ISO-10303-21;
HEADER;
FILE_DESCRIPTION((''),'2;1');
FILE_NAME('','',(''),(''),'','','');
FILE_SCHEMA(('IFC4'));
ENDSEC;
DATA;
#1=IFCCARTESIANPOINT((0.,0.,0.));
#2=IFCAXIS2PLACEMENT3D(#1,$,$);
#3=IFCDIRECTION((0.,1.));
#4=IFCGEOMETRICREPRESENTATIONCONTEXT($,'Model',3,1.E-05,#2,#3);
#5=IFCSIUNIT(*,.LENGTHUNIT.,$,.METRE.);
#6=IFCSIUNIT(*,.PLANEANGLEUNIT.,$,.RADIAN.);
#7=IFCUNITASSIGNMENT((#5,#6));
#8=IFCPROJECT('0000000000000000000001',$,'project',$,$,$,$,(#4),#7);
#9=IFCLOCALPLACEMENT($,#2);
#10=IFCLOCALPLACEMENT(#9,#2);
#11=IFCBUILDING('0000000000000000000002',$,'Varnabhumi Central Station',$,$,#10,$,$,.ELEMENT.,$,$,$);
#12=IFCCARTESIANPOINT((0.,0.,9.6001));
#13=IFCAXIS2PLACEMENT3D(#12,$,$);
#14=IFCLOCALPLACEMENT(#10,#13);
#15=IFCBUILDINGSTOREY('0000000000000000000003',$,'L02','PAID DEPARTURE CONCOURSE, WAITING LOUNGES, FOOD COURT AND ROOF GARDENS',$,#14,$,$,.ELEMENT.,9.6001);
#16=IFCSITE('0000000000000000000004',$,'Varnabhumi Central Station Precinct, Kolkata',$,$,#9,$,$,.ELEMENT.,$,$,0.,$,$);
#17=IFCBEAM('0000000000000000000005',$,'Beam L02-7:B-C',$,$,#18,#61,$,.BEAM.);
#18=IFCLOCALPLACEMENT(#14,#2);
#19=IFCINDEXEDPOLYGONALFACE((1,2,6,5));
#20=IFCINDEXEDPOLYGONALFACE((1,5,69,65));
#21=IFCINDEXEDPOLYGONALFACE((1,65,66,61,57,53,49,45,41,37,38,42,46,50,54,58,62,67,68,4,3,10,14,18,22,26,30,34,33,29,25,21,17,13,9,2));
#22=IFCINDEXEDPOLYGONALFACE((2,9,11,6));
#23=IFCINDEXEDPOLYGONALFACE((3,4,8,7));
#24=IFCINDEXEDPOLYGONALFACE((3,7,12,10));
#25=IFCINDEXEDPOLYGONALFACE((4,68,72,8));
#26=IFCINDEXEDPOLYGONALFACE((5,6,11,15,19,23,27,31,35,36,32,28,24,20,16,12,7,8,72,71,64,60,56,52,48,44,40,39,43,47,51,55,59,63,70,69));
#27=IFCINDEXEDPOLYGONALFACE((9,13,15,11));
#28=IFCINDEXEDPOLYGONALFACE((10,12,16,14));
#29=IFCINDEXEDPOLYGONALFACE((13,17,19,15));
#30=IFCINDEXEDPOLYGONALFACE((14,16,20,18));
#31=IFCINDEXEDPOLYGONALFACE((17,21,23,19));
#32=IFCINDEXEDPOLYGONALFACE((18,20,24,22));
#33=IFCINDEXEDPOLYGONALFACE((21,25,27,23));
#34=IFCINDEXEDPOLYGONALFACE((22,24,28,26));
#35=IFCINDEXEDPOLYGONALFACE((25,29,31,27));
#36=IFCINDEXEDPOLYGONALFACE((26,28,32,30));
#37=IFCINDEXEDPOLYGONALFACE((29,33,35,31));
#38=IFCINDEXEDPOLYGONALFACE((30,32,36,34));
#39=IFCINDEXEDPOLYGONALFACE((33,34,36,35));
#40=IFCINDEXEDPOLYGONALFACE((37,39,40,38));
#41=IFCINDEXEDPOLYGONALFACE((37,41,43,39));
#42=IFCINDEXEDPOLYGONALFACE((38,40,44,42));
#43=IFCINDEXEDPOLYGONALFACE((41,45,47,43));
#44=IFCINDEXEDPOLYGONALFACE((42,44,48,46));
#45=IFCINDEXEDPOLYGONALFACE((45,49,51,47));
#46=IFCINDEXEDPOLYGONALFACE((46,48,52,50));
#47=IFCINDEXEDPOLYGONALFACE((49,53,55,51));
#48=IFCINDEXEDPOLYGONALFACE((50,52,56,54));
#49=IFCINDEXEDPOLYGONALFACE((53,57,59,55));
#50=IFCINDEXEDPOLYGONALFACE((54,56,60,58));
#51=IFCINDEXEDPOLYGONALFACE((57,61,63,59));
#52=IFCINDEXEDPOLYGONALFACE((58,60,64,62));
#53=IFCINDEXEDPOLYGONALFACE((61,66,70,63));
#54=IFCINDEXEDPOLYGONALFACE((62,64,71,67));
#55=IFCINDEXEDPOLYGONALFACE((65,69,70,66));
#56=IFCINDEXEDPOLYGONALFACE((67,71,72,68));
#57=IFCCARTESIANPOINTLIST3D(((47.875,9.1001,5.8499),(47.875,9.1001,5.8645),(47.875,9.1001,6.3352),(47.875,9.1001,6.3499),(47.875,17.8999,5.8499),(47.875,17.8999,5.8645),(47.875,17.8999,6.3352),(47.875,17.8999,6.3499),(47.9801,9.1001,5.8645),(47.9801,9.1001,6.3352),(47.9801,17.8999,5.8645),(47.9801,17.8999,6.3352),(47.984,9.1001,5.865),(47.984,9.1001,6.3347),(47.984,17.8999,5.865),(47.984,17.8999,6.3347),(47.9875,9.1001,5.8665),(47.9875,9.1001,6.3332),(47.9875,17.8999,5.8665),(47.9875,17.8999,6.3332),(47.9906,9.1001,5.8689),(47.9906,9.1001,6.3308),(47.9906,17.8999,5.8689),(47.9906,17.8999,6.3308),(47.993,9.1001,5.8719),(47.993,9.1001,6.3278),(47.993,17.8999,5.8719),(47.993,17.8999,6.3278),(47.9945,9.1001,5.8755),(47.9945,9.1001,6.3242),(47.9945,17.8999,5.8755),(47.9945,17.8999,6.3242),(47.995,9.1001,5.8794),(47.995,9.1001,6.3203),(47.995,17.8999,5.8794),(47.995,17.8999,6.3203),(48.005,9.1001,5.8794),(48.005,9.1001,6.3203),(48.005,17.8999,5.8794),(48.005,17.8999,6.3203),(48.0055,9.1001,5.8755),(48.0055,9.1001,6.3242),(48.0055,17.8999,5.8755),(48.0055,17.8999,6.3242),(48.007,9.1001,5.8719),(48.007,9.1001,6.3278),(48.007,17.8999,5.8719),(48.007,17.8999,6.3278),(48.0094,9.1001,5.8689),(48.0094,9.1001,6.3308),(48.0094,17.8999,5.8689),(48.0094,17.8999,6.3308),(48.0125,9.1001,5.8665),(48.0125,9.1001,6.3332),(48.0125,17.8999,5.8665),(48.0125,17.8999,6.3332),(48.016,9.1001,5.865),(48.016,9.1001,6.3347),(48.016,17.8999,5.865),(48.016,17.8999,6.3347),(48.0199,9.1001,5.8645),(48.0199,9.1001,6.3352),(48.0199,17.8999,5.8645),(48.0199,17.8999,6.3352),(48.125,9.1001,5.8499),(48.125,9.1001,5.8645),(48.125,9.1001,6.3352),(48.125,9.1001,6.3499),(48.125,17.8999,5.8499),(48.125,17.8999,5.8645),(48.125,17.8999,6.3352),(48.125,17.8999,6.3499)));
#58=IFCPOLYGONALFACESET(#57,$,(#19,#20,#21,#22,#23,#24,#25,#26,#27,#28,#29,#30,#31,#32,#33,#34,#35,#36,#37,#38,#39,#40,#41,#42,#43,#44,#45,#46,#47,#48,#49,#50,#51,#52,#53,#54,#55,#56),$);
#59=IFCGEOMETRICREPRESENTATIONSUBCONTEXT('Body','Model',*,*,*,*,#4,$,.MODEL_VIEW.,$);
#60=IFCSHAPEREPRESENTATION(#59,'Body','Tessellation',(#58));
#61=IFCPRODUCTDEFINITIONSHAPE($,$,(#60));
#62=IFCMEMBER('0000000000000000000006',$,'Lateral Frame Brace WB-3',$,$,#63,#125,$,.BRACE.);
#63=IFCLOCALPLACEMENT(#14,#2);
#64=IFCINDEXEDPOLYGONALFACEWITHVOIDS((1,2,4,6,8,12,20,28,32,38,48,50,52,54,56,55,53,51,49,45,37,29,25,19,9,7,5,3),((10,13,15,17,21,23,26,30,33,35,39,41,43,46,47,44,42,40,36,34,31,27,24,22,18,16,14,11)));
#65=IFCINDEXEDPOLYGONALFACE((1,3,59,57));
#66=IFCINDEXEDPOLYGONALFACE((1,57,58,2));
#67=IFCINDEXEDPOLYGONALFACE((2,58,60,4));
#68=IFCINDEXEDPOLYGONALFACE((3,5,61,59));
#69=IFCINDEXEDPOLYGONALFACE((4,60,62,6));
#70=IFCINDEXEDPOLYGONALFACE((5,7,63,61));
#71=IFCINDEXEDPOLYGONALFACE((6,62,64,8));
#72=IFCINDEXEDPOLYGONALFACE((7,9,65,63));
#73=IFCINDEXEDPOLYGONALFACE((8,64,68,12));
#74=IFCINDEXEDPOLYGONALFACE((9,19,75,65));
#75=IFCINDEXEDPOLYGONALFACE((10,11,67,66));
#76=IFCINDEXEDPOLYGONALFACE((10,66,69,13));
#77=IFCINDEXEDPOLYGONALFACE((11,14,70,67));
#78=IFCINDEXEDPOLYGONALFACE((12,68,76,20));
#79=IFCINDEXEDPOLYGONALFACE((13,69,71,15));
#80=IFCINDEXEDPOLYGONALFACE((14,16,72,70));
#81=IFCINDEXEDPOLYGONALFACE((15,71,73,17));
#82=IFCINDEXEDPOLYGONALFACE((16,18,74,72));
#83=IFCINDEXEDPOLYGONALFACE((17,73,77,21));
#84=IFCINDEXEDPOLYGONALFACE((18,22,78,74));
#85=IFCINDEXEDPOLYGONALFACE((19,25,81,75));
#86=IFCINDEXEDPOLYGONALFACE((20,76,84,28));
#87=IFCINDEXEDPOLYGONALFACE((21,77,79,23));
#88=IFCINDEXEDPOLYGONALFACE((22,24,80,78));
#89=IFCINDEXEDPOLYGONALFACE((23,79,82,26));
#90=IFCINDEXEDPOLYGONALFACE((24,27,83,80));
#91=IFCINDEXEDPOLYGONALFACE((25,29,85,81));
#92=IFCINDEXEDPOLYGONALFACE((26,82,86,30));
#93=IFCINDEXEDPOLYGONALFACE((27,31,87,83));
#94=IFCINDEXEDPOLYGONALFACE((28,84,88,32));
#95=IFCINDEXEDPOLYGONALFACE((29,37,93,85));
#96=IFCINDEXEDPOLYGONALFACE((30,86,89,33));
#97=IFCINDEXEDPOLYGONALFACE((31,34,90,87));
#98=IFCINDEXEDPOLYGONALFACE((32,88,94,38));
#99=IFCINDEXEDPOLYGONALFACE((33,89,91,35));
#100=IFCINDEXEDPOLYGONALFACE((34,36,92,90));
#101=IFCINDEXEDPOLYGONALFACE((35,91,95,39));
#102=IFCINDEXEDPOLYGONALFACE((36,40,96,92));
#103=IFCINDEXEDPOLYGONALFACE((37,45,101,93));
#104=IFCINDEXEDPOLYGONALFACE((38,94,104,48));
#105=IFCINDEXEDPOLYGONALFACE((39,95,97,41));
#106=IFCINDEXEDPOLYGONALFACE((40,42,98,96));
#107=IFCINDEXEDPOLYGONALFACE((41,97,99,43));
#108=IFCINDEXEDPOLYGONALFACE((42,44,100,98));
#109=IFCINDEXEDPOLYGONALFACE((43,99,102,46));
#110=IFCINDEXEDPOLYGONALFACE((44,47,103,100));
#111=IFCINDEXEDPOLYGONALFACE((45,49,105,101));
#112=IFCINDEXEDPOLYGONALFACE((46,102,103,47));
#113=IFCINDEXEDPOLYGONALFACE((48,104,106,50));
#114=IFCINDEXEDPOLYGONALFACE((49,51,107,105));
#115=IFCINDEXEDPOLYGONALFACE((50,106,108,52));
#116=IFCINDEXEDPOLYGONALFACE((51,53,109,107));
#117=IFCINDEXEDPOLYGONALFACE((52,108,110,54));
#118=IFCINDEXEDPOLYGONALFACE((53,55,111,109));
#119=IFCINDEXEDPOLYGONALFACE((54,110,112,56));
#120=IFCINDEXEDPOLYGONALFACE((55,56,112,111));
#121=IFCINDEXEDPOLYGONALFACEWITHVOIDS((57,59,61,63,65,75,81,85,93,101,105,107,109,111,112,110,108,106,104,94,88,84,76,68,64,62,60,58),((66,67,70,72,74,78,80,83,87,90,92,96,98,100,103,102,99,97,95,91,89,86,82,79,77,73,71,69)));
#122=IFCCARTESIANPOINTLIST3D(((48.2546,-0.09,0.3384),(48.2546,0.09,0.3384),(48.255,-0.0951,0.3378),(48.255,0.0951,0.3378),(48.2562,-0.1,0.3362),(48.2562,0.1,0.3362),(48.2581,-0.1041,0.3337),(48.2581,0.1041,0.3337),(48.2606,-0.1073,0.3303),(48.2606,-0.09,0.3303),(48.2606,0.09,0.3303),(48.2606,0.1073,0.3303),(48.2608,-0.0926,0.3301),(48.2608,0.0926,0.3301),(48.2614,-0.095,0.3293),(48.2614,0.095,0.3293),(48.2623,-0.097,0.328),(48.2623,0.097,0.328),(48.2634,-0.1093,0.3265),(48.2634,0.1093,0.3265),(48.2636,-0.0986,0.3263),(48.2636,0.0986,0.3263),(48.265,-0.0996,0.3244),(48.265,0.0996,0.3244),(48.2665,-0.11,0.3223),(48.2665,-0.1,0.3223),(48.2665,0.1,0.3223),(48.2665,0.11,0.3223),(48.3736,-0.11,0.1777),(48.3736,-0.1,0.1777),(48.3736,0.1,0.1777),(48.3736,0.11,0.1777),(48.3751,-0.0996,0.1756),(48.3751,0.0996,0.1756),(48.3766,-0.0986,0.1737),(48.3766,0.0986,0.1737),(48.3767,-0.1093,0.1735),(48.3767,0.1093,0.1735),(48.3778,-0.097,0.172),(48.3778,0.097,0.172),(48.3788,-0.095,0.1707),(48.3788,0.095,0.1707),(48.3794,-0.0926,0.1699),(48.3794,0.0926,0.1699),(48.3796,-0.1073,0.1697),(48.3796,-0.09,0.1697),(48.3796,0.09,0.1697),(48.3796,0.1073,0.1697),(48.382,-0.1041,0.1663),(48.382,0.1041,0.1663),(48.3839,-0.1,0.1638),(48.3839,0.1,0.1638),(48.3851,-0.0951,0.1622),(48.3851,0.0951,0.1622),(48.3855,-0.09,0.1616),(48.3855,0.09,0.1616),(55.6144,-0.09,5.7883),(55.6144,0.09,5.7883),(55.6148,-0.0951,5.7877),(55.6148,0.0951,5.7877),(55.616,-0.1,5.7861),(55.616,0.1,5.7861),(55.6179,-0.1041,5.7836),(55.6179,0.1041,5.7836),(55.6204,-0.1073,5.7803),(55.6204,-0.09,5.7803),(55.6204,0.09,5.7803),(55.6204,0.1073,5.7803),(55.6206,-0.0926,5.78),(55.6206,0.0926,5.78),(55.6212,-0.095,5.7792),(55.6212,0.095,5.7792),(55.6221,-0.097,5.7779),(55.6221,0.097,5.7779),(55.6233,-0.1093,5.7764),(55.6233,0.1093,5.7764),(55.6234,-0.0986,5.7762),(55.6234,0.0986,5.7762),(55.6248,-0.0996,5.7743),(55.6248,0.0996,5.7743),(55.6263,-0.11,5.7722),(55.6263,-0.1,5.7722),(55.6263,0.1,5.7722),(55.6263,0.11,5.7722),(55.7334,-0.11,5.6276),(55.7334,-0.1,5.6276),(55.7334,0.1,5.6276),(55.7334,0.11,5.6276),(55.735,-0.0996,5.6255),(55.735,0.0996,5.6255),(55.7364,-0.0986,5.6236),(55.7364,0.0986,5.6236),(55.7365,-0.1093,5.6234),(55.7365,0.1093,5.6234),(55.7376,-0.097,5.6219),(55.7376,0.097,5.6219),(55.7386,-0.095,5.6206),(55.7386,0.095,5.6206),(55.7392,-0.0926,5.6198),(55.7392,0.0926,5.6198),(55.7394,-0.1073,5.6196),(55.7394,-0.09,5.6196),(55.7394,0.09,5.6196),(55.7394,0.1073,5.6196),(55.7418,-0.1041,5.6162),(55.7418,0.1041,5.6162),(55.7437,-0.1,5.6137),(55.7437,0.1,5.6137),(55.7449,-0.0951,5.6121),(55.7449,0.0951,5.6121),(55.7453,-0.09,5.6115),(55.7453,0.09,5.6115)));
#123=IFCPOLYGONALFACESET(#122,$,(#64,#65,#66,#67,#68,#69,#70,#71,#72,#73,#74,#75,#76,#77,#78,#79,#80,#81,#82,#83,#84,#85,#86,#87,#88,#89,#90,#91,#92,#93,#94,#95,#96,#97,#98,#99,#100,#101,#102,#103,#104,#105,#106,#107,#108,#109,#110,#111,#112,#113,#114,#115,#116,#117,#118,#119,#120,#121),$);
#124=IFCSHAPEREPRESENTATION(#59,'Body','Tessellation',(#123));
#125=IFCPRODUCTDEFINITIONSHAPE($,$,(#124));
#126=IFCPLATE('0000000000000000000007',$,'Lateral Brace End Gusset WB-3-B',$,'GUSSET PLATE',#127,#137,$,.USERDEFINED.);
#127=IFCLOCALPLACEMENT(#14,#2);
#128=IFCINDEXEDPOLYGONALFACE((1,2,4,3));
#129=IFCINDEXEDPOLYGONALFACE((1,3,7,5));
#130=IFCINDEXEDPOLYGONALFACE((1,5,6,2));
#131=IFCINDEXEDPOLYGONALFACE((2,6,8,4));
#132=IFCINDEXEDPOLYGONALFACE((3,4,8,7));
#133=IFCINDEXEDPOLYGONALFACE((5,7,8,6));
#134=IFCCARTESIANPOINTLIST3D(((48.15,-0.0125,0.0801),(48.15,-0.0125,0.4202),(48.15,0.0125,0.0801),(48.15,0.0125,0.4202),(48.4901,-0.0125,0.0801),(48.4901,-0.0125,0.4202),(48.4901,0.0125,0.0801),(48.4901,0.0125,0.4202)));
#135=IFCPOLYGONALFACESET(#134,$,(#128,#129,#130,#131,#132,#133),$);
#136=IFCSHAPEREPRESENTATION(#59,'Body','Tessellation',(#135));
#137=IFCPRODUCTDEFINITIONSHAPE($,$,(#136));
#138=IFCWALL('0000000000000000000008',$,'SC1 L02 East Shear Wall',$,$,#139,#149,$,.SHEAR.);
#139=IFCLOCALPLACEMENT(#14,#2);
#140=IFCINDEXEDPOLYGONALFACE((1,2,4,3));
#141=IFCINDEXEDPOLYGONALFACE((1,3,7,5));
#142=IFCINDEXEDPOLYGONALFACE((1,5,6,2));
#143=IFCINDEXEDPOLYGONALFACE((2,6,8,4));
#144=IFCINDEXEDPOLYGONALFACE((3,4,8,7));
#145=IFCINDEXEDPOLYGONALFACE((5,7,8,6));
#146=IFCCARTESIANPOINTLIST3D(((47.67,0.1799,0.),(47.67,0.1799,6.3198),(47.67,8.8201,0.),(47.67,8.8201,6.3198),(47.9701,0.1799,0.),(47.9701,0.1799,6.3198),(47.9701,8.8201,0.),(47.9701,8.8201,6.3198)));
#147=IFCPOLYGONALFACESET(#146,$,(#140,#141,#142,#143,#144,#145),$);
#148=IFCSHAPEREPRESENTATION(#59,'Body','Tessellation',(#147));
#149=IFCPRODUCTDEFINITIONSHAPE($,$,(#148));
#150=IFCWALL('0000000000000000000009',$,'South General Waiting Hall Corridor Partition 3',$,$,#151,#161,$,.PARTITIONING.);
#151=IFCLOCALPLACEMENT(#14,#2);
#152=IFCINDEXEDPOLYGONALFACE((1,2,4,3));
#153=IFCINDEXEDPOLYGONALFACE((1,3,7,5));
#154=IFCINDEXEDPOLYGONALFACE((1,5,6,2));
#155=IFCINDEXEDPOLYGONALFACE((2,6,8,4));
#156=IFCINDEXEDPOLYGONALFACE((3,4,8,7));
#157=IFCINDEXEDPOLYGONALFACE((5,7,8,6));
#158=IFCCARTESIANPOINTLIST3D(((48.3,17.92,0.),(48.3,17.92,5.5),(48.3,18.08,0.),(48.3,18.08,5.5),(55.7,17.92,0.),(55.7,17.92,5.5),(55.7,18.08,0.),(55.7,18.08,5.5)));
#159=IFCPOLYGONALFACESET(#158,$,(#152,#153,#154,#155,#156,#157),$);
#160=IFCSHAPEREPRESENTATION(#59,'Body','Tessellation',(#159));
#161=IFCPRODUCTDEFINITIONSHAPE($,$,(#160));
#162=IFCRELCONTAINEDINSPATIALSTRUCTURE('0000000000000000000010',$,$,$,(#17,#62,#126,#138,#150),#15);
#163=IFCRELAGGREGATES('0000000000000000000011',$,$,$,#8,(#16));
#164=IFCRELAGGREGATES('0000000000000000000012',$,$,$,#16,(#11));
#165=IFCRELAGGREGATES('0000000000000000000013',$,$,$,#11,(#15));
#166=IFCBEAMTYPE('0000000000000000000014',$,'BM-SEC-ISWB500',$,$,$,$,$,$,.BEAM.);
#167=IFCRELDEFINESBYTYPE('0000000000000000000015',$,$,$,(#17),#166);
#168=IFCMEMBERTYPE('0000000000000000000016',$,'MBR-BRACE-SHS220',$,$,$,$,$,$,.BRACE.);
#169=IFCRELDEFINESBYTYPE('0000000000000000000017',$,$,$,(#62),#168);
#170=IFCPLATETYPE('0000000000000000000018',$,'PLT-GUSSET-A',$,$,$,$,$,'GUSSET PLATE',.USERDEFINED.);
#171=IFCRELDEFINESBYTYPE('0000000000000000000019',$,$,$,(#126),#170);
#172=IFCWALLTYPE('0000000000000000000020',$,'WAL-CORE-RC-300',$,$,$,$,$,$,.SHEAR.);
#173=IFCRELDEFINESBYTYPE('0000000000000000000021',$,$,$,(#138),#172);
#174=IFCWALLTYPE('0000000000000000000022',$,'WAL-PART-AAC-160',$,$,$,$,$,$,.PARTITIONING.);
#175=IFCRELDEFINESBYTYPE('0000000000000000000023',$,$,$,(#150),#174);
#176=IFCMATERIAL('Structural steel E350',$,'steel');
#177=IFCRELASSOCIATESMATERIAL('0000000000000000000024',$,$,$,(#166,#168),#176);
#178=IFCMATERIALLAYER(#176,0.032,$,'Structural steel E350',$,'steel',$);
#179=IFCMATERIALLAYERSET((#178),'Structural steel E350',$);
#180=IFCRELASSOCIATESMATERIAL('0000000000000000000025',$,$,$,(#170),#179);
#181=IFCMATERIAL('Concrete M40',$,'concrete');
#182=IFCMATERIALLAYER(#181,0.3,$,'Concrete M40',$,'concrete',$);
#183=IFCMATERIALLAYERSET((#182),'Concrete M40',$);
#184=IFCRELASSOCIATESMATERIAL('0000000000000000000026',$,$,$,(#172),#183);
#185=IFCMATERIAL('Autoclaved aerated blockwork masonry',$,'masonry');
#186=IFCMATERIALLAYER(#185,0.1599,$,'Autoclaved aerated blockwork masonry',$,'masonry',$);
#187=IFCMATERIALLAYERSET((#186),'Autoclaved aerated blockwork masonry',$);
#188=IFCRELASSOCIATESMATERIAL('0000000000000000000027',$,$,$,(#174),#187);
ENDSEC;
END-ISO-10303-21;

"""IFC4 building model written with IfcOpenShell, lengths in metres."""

from ifc_helpers import new_model, si_unit, direction, frame, frame_2d, origin, origin_2d, place, context, subcontext, project, spatial, rectangle, hollow_rectangle, i_section, extrude, material, layer, layer_set, material_profile, profile_set, type_object, element, save


model = new_model("IFC4")

# Units and contexts
model_context = context("Model", 3, precision=1e-05, world=origin(), true_north=direction((0.0, 1.0)))
body_context = subcontext(model_context, "Body", "Model", "MODEL_VIEW")
ifc_project = project(units=[si_unit("LENGTHUNIT", "METRE"), si_unit("PLANEANGLEUNIT", "RADIAN")], contexts=[model_context])

# Site, building, storey
site_placement = place(None, origin())
site = spatial("IfcSite", under=ifc_project, at=site_placement, Name="Varnabhumi Central Station Precinct, Kolkata", CompositionType="ELEMENT", RefElevation=0.0)
building_placement = place(site_placement, origin())
building = spatial("IfcBuilding", under=site, at=building_placement, Name="Varnabhumi Central Station", CompositionType="ELEMENT")
storey_placement = place(building_placement, frame((0.0, 0.0, 9.6001)))
storey = spatial("IfcBuildingStorey", under=building, at=storey_placement, Name="L02", Description="PAID DEPARTURE CONCOURSE, WAITING LOUNGES, FOOD COURT AND ROOF GARDENS", CompositionType="ELEMENT", Elevation=9.6001)

# Shared definitions
ifc_material_1 = material(Name="Concrete M40", Category="concrete")

# Beam
ifc_material_2 = material(Name="Structural steel E350", Category="steel")
ifc_material_profile_1 = material_profile(ifc_material_2, i_section(OverallWidth=0.25, OverallDepth=0.5, WebThickness=0.01, FlangeThickness=0.0146, FilletRadius=0.0149, at=origin_2d()), Name="Structural steel E350", Category="steel")
ifc_profile_set_1 = profile_set([ifc_material_profile_1], Name="Structural steel E350")
beam_type_1 = type_object("IfcBeamType", Name="BM-SEC-ISWB500", PredefinedType="BEAM", material=ifc_profile_set_1)
for number, where, z_axis, x_axis, name in (
    (1, (48.0, 9.1001, 6.0999), (0.0, 1.0, 0.0), (-1.0, 0.0, 0.0), "Beam L02-7:B-C"),
):
    element("IfcBeam", number, at=place(storey_placement, frame(where, z_axis=z_axis, x_axis=x_axis)), inside=storey, type_object=beam_type_1, Name=name, PredefinedType="BEAM", context=body_context, shape_type="SweptSolid", body=[
        extrude(i_section(OverallWidth=0.25, OverallDepth=0.5, WebThickness=0.01, FlangeThickness=0.0146, FilletRadius=0.0149, at=origin_2d()), origin(), (0.0, 0.0, 1.0), 8.7998),
    ])

# Member
ifc_material_profile_2 = material_profile(ifc_material_2, hollow_rectangle(XDim=0.22, YDim=0.22, WallThickness=0.01, InnerFilletRadius=0.01, OuterFilletRadius=0.02, at=origin_2d()), Name="Structural steel E350", Category="steel")
ifc_profile_set_2 = profile_set([ifc_material_profile_2], Name="Structural steel E350")
member_type = type_object("IfcMemberType", Name="MBR-BRACE-SHS220", PredefinedType="BRACE", material=ifc_profile_set_2)
member_placement = place(storey_placement, frame((48.3201, 0.0, 0.25), z_axis=(0.803651, 0.0, 0.595101), x_axis=(0.0, 1.0, 0.0)))
element("IfcMember", 2, at=member_placement, inside=storey, type_object=member_type, Name="Lateral Frame Brace WB-3", PredefinedType="BRACE", context=body_context, shape_type="SweptSolid", body=[
    extrude(hollow_rectangle(XDim=0.22, YDim=0.22, WallThickness=0.01, InnerFilletRadius=0.01, OuterFilletRadius=0.02, at=origin_2d()), origin(), (0.0, 0.0, 1.0), 9.158),
])

# Plate
ifc_layer_1 = layer(ifc_material_2, 0.032, Name="Structural steel E350", Category="steel")
ifc_layer_set_1 = layer_set([ifc_layer_1], Name="Structural steel E350")
plate_type = type_object("IfcPlateType", Name="PLT-GUSSET-A", ElementType="GUSSET PLATE", PredefinedType="USERDEFINED", material=ifc_layer_set_1)
plate_placement = place(storey_placement, frame((48.3201, 0.0, 0.0801), z_axis=(0.0, 0.0, 1.0), x_axis=(1.0, 0.0, 0.0)))
element("IfcPlate", 3, at=plate_placement, inside=storey, type_object=plate_type, Name="Lateral Brace End Gusset WB-3-B", ObjectType="GUSSET PLATE", PredefinedType="USERDEFINED", context=body_context, shape_type="SweptSolid", body=[
    extrude(rectangle(XDim=0.3401, YDim=0.0249, at=origin_2d()), origin(), (0.0, 0.0, 1.0), 0.3401),
])

# Walls
ifc_layer_2 = layer(ifc_material_1, 0.3, Name="Concrete M40", Category="concrete")
ifc_layer_set_2 = layer_set([ifc_layer_2], Name="Concrete M40")
wall_type_1 = type_object("IfcWallType", Name="WAL-CORE-RC-300", PredefinedType="SHEAR", material=ifc_layer_set_2)
wall_1_placement = place(storey_placement, frame((47.8201, 0.1799, 0.0), z_axis=(0.0, 0.0, 1.0), x_axis=(0.0, 1.0, 0.0)))
element("IfcWall", 4, at=wall_1_placement, inside=storey, type_object=wall_type_1, Name="SC1 L02 East Shear Wall", PredefinedType="SHEAR", context=body_context, shape_type="SweptSolid", body=[
    extrude(rectangle(XDim=8.6401, YDim=0.3, at=frame_2d((4.3201, 0.0))), origin(), (0.0, 0.0, 1.0), 6.3198),
])
ifc_material_3 = material(Name="Autoclaved aerated blockwork masonry", Category="masonry")
ifc_layer_3 = layer(ifc_material_3, 0.1599, Name="Autoclaved aerated blockwork masonry", Category="masonry")
ifc_layer_set_3 = layer_set([ifc_layer_3], Name="Autoclaved aerated blockwork masonry")
wall_type_2 = type_object("IfcWallType", Name="WAL-PART-AAC-160", PredefinedType="PARTITIONING", material=ifc_layer_set_3)
wall_2_placement = place(storey_placement, frame((48.3, 18.0, 0.0), z_axis=(0.0, 0.0, 1.0), x_axis=(1.0, 0.0, 0.0)))
element("IfcWall", 5, at=wall_2_placement, inside=storey, type_object=wall_type_2, Name="South General Waiting Hall Corridor Partition 3", PredefinedType="PARTITIONING", context=body_context, shape_type="SweptSolid", body=[
    extrude(rectangle(XDim=7.3999, YDim=0.1599, at=frame_2d((3.7, 0.0))), origin(), (0.0, 0.0, 1.0), 5.5),
])

save(model, "model.ifc")
